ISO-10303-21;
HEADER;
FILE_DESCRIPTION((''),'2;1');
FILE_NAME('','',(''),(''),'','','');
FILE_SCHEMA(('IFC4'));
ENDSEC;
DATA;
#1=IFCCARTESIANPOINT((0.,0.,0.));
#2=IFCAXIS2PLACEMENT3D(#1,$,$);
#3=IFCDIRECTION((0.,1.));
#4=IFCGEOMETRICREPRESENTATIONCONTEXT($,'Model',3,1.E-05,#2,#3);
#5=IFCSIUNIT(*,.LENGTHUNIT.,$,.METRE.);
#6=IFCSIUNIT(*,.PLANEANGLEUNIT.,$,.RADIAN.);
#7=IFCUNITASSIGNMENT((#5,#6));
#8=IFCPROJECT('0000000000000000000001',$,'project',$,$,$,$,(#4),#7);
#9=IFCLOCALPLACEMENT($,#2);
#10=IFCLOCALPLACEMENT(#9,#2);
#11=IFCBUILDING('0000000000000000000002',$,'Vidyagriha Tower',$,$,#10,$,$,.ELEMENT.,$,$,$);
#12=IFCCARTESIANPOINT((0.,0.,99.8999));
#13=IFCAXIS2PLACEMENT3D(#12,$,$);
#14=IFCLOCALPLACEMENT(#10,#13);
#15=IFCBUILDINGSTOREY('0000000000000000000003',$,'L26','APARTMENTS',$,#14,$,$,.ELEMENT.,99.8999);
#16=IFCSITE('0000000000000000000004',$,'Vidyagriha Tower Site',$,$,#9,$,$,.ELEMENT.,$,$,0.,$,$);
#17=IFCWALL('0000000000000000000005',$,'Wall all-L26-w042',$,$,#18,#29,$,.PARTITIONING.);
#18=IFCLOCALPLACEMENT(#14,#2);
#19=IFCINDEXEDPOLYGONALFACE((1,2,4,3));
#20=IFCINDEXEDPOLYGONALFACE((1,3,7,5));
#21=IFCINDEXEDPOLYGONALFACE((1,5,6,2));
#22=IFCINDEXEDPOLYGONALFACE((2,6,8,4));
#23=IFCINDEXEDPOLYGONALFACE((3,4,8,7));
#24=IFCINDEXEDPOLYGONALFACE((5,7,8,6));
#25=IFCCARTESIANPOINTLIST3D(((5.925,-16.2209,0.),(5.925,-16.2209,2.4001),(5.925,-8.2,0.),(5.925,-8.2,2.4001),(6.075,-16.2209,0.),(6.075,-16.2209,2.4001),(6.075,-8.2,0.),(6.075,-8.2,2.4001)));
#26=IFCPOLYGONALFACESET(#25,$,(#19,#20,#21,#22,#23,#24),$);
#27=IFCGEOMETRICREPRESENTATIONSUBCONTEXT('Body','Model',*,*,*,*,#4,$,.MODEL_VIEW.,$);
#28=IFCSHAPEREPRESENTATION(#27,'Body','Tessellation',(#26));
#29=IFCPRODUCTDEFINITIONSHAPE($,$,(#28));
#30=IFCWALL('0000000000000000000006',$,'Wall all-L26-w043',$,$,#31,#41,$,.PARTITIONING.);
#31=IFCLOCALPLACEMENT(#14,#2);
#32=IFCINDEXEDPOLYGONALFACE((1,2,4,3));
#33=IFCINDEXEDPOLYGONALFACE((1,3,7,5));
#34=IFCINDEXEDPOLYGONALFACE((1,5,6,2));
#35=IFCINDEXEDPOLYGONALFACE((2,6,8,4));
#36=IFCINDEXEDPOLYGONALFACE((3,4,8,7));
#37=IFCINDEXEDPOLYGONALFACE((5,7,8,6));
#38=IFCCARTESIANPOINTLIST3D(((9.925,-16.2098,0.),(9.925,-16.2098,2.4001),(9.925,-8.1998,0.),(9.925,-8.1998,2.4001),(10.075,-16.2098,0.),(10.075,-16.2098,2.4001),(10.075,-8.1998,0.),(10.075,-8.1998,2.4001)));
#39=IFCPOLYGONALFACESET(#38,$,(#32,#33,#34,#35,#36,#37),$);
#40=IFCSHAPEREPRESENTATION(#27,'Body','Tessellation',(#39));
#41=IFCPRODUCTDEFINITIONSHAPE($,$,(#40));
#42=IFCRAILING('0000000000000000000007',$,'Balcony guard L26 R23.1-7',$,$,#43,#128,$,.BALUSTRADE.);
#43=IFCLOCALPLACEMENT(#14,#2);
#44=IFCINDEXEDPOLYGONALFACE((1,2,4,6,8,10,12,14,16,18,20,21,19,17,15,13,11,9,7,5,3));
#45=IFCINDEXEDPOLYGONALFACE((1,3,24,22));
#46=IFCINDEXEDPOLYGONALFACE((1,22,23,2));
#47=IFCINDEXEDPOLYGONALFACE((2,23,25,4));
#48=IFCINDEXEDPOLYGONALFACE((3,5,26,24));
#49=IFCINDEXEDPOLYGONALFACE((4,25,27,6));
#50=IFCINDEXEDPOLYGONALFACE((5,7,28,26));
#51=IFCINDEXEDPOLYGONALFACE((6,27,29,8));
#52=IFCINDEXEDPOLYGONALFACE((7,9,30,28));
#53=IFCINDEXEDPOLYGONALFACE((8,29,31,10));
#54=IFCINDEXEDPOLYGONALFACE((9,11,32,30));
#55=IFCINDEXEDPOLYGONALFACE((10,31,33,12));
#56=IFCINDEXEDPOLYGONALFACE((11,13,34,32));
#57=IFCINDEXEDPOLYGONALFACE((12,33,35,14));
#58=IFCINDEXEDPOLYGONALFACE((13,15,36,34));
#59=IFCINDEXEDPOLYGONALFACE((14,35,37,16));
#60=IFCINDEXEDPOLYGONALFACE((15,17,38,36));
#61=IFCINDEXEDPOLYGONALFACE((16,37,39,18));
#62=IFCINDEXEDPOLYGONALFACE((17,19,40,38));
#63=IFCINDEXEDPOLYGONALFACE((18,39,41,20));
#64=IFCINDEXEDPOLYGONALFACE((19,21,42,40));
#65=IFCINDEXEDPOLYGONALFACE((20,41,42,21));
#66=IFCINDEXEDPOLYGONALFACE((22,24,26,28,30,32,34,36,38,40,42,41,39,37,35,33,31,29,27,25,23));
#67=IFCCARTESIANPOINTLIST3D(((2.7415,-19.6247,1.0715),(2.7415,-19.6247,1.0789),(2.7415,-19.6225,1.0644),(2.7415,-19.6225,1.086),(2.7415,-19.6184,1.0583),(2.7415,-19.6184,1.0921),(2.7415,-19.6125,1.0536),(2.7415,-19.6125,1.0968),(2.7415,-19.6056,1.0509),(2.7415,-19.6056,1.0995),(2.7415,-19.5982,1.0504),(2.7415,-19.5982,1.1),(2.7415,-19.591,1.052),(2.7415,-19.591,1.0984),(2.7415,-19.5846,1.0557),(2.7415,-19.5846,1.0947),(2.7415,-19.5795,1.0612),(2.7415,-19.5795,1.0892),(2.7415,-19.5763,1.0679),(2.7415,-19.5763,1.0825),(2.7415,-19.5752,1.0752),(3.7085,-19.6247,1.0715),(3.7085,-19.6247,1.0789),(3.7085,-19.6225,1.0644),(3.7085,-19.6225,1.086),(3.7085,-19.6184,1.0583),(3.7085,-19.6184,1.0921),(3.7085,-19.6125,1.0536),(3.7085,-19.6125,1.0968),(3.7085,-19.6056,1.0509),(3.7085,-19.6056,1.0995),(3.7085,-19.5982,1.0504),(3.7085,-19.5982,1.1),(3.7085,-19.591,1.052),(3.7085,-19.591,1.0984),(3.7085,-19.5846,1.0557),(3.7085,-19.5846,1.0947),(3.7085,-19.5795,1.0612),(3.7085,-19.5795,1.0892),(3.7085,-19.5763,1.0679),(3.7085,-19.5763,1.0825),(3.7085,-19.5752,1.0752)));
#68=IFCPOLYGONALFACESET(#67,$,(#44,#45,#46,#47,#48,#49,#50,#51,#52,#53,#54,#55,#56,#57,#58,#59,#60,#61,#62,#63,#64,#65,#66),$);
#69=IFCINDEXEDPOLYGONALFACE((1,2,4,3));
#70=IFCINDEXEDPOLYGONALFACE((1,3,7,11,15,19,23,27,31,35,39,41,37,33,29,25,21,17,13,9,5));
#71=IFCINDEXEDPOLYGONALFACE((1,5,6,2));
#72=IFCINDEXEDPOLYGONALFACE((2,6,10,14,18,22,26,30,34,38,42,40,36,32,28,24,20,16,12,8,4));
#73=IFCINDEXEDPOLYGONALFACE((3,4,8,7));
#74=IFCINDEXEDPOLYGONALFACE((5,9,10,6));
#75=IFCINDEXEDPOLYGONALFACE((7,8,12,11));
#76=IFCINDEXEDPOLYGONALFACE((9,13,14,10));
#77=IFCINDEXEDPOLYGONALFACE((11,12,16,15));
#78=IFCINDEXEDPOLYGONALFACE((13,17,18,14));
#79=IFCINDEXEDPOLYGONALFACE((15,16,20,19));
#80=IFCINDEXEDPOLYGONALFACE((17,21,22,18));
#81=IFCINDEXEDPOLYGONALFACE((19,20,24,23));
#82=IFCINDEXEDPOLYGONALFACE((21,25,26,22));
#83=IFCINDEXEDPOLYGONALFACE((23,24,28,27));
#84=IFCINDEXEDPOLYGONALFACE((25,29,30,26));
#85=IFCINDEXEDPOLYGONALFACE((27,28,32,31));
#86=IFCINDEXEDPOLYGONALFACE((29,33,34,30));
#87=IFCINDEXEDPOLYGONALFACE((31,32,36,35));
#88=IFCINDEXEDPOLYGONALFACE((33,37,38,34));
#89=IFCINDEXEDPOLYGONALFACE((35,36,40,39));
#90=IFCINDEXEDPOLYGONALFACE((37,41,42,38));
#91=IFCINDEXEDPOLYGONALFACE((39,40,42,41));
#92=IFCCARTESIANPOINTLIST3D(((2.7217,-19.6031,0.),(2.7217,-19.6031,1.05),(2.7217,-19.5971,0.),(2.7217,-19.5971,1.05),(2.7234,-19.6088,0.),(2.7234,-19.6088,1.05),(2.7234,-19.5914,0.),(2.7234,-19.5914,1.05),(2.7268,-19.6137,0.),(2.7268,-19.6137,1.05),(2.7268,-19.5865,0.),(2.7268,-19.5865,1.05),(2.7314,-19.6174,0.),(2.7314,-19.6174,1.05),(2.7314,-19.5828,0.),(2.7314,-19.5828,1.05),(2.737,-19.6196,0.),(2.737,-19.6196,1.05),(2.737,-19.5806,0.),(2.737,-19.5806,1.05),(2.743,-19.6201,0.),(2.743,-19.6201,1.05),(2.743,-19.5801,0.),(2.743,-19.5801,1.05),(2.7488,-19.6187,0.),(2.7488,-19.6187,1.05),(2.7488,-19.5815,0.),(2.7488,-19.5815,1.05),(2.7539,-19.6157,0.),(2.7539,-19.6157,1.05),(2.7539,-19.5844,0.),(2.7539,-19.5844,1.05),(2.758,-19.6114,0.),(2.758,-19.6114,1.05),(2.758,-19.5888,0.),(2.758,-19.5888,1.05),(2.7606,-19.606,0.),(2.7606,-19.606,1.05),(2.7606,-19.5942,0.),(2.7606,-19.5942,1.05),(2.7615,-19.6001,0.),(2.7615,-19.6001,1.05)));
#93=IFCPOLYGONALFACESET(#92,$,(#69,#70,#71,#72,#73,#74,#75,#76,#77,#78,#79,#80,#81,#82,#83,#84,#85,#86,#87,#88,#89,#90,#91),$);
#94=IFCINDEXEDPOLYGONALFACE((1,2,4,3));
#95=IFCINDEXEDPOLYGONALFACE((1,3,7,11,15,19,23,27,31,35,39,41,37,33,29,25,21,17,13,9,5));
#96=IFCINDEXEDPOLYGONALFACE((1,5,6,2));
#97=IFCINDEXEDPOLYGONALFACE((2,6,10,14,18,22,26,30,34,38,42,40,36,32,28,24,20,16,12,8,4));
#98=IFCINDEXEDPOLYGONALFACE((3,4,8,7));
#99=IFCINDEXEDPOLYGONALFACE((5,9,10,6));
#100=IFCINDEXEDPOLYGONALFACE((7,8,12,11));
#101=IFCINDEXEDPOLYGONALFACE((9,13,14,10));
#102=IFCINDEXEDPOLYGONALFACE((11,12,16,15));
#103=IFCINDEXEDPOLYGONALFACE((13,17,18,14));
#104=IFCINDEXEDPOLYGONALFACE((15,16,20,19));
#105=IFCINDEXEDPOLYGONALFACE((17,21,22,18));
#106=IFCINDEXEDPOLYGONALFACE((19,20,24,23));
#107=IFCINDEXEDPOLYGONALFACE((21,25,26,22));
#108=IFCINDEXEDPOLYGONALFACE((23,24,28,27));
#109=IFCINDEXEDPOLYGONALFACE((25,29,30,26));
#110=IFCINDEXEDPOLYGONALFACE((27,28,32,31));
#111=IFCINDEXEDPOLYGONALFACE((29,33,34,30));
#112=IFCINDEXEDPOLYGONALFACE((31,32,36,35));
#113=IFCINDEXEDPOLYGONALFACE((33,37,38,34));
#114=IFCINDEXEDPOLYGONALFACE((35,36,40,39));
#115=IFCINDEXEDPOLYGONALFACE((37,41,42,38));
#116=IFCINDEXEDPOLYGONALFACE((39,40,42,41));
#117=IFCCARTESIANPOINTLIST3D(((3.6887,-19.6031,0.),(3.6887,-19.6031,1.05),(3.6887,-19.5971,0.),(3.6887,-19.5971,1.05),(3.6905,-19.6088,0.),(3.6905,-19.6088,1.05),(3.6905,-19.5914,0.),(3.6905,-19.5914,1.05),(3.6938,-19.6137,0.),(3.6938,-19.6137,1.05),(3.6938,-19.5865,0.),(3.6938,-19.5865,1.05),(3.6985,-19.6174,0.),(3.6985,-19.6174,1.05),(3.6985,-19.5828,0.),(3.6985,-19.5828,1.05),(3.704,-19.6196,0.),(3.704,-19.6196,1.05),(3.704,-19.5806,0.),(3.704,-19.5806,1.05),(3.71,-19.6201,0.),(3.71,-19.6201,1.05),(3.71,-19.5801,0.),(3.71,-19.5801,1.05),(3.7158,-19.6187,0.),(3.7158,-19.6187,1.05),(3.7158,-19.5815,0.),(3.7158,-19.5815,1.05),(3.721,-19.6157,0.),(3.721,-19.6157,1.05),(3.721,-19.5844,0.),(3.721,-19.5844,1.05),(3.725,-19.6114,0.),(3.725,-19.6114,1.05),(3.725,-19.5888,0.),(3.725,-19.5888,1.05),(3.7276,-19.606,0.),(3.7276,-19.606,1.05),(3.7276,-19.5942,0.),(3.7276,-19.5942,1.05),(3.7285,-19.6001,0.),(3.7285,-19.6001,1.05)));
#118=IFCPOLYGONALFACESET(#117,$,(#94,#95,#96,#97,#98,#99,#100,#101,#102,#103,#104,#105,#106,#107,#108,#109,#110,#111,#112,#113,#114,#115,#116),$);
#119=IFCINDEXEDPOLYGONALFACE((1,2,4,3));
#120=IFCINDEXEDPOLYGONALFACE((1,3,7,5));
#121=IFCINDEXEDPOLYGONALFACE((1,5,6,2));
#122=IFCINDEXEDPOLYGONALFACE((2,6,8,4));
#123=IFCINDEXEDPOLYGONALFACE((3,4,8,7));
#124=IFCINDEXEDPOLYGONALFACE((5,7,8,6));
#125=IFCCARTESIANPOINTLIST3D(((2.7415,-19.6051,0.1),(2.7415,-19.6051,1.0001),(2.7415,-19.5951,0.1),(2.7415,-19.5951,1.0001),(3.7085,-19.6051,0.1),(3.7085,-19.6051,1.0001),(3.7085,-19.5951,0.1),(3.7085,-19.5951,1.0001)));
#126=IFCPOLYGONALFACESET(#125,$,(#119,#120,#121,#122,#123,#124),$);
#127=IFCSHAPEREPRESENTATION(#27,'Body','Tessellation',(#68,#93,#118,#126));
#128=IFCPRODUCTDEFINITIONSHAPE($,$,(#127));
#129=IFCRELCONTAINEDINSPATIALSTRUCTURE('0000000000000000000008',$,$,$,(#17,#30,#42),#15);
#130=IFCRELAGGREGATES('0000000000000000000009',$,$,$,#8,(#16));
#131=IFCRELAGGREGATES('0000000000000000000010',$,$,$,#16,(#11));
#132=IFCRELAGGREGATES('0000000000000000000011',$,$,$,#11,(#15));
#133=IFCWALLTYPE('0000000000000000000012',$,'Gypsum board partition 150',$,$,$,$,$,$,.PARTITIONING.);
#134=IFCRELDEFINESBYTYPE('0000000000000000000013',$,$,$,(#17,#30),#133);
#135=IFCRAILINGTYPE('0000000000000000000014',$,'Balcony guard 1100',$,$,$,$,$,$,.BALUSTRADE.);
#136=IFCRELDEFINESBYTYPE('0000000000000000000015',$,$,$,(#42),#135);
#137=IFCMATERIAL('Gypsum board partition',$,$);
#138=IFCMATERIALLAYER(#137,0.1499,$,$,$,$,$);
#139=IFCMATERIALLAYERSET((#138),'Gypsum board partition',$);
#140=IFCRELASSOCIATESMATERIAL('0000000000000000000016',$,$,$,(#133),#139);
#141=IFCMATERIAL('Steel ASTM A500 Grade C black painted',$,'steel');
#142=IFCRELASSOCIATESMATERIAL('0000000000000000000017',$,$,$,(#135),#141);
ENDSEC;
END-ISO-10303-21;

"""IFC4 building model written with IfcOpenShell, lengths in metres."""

from ifc_helpers import new_model, si_unit, direction, frame, frame_2d, origin, origin_2d, place, context, subcontext, project, spatial, rectangle, circle, extrude, material, layer, layer_set, type_object, element, save


model = new_model("IFC4")

# Units and contexts
model_context = context("Model", 3, precision=1e-05, world=origin(), true_north=direction((0.0, 1.0)))
body_context = subcontext(model_context, "Body", "Model", "MODEL_VIEW")
ifc_project = project(units=[si_unit("LENGTHUNIT", "METRE"), si_unit("PLANEANGLEUNIT", "RADIAN")], contexts=[model_context])

# Site, building, storey
site_placement = place(None, origin())
site = spatial("IfcSite", under=ifc_project, at=site_placement, Name="Vidyagriha Tower Site", CompositionType="ELEMENT", RefElevation=0.0)
building_placement = place(site_placement, origin())
building = spatial("IfcBuilding", under=site, at=building_placement, Name="Vidyagriha Tower", CompositionType="ELEMENT")
storey_placement = place(building_placement, frame((0.0, 0.0, 99.8999)))
storey = spatial("IfcBuildingStorey", under=building, at=storey_placement, Name="L26", Description="APARTMENTS", CompositionType="ELEMENT", Elevation=99.8999)

# Walls
ifc_material_1 = material(Name="Gypsum board partition")
ifc_layer_1 = layer(ifc_material_1, 0.1499)
ifc_layer_set_1 = layer_set([ifc_layer_1], Name="Gypsum board partition")
wall_type_1 = type_object("IfcWallType", Name="Gypsum board partition 150", PredefinedType="PARTITIONING", material=ifc_layer_set_1)
wall_1_placement = place(storey_placement, frame((6.0, -8.2, 0.0), z_axis=(0.0, 0.0, 1.0), x_axis=(0.0, -1.0, 0.0)))
element("IfcWall", 1, at=wall_1_placement, inside=storey, type_object=wall_type_1, Name="Wall all-L26-w042", PredefinedType="PARTITIONING", context=body_context, shape_type="SweptSolid", body=[
    extrude(rectangle(XDim=8.021, YDim=0.1499, at=frame_2d((4.0105, 0.0))), origin(), (0.0, 0.0, 1.0), 2.4001),
])
wall_2_placement = place(storey_placement, frame((10.0, -8.2, 0.0), z_axis=(0.0, 0.0, 1.0), x_axis=(0.0, -1.0, 0.0)))
element("IfcWall", 2, at=wall_2_placement, inside=storey, type_object=wall_type_1, Name="Wall all-L26-w043", PredefinedType="PARTITIONING", context=body_context, shape_type="SweptSolid", body=[
    extrude(rectangle(XDim=8.01, YDim=0.1499, at=frame_2d((4.0049, 0.0))), origin(), (0.0, 0.0, 1.0), 2.4001),
])

# Railing
ifc_material_2 = material(Name="Steel ASTM A500 Grade C black painted", Category="steel")
railing_type = type_object("IfcRailingType", Name="Balcony guard 1100", PredefinedType="BALUSTRADE", material=ifc_material_2)
railing_1_placement = place(storey_placement, frame((2.7415, -19.6001, 0.0)))
element("IfcRailing", 3, at=railing_1_placement, inside=storey, type_object=railing_type, Name="Balcony guard L26 R23.1-7", PredefinedType="BALUSTRADE", context=body_context, shape_type="SweptSolid", body=[
    extrude(circle(Radius=0.0249, at=origin_2d()), frame((0.0, 0.0, 1.0752), z_axis=(1.0, 0.0, 0.0), x_axis=(0.0, 1.0, 0.0)), (0.0, 0.0, 1.0), 0.967),
    extrude(circle(Radius=0.02, at=origin_2d()), origin(), (0.0, 0.0, 1.0), 1.05),
    extrude(circle(Radius=0.02, at=origin_2d()), frame((0.967, 0.0, 0.0)), (0.0, 0.0, 1.0), 1.05),
    extrude(rectangle(XDim=0.01, YDim=0.9001, at=origin_2d()), frame((0.0, 0.0, 0.55), z_axis=(1.0, 0.0, 0.0), x_axis=(0.0, 1.0, 0.0)), (0.0, 0.0, 1.0), 0.967),
])

save(model, "model.ifc")
